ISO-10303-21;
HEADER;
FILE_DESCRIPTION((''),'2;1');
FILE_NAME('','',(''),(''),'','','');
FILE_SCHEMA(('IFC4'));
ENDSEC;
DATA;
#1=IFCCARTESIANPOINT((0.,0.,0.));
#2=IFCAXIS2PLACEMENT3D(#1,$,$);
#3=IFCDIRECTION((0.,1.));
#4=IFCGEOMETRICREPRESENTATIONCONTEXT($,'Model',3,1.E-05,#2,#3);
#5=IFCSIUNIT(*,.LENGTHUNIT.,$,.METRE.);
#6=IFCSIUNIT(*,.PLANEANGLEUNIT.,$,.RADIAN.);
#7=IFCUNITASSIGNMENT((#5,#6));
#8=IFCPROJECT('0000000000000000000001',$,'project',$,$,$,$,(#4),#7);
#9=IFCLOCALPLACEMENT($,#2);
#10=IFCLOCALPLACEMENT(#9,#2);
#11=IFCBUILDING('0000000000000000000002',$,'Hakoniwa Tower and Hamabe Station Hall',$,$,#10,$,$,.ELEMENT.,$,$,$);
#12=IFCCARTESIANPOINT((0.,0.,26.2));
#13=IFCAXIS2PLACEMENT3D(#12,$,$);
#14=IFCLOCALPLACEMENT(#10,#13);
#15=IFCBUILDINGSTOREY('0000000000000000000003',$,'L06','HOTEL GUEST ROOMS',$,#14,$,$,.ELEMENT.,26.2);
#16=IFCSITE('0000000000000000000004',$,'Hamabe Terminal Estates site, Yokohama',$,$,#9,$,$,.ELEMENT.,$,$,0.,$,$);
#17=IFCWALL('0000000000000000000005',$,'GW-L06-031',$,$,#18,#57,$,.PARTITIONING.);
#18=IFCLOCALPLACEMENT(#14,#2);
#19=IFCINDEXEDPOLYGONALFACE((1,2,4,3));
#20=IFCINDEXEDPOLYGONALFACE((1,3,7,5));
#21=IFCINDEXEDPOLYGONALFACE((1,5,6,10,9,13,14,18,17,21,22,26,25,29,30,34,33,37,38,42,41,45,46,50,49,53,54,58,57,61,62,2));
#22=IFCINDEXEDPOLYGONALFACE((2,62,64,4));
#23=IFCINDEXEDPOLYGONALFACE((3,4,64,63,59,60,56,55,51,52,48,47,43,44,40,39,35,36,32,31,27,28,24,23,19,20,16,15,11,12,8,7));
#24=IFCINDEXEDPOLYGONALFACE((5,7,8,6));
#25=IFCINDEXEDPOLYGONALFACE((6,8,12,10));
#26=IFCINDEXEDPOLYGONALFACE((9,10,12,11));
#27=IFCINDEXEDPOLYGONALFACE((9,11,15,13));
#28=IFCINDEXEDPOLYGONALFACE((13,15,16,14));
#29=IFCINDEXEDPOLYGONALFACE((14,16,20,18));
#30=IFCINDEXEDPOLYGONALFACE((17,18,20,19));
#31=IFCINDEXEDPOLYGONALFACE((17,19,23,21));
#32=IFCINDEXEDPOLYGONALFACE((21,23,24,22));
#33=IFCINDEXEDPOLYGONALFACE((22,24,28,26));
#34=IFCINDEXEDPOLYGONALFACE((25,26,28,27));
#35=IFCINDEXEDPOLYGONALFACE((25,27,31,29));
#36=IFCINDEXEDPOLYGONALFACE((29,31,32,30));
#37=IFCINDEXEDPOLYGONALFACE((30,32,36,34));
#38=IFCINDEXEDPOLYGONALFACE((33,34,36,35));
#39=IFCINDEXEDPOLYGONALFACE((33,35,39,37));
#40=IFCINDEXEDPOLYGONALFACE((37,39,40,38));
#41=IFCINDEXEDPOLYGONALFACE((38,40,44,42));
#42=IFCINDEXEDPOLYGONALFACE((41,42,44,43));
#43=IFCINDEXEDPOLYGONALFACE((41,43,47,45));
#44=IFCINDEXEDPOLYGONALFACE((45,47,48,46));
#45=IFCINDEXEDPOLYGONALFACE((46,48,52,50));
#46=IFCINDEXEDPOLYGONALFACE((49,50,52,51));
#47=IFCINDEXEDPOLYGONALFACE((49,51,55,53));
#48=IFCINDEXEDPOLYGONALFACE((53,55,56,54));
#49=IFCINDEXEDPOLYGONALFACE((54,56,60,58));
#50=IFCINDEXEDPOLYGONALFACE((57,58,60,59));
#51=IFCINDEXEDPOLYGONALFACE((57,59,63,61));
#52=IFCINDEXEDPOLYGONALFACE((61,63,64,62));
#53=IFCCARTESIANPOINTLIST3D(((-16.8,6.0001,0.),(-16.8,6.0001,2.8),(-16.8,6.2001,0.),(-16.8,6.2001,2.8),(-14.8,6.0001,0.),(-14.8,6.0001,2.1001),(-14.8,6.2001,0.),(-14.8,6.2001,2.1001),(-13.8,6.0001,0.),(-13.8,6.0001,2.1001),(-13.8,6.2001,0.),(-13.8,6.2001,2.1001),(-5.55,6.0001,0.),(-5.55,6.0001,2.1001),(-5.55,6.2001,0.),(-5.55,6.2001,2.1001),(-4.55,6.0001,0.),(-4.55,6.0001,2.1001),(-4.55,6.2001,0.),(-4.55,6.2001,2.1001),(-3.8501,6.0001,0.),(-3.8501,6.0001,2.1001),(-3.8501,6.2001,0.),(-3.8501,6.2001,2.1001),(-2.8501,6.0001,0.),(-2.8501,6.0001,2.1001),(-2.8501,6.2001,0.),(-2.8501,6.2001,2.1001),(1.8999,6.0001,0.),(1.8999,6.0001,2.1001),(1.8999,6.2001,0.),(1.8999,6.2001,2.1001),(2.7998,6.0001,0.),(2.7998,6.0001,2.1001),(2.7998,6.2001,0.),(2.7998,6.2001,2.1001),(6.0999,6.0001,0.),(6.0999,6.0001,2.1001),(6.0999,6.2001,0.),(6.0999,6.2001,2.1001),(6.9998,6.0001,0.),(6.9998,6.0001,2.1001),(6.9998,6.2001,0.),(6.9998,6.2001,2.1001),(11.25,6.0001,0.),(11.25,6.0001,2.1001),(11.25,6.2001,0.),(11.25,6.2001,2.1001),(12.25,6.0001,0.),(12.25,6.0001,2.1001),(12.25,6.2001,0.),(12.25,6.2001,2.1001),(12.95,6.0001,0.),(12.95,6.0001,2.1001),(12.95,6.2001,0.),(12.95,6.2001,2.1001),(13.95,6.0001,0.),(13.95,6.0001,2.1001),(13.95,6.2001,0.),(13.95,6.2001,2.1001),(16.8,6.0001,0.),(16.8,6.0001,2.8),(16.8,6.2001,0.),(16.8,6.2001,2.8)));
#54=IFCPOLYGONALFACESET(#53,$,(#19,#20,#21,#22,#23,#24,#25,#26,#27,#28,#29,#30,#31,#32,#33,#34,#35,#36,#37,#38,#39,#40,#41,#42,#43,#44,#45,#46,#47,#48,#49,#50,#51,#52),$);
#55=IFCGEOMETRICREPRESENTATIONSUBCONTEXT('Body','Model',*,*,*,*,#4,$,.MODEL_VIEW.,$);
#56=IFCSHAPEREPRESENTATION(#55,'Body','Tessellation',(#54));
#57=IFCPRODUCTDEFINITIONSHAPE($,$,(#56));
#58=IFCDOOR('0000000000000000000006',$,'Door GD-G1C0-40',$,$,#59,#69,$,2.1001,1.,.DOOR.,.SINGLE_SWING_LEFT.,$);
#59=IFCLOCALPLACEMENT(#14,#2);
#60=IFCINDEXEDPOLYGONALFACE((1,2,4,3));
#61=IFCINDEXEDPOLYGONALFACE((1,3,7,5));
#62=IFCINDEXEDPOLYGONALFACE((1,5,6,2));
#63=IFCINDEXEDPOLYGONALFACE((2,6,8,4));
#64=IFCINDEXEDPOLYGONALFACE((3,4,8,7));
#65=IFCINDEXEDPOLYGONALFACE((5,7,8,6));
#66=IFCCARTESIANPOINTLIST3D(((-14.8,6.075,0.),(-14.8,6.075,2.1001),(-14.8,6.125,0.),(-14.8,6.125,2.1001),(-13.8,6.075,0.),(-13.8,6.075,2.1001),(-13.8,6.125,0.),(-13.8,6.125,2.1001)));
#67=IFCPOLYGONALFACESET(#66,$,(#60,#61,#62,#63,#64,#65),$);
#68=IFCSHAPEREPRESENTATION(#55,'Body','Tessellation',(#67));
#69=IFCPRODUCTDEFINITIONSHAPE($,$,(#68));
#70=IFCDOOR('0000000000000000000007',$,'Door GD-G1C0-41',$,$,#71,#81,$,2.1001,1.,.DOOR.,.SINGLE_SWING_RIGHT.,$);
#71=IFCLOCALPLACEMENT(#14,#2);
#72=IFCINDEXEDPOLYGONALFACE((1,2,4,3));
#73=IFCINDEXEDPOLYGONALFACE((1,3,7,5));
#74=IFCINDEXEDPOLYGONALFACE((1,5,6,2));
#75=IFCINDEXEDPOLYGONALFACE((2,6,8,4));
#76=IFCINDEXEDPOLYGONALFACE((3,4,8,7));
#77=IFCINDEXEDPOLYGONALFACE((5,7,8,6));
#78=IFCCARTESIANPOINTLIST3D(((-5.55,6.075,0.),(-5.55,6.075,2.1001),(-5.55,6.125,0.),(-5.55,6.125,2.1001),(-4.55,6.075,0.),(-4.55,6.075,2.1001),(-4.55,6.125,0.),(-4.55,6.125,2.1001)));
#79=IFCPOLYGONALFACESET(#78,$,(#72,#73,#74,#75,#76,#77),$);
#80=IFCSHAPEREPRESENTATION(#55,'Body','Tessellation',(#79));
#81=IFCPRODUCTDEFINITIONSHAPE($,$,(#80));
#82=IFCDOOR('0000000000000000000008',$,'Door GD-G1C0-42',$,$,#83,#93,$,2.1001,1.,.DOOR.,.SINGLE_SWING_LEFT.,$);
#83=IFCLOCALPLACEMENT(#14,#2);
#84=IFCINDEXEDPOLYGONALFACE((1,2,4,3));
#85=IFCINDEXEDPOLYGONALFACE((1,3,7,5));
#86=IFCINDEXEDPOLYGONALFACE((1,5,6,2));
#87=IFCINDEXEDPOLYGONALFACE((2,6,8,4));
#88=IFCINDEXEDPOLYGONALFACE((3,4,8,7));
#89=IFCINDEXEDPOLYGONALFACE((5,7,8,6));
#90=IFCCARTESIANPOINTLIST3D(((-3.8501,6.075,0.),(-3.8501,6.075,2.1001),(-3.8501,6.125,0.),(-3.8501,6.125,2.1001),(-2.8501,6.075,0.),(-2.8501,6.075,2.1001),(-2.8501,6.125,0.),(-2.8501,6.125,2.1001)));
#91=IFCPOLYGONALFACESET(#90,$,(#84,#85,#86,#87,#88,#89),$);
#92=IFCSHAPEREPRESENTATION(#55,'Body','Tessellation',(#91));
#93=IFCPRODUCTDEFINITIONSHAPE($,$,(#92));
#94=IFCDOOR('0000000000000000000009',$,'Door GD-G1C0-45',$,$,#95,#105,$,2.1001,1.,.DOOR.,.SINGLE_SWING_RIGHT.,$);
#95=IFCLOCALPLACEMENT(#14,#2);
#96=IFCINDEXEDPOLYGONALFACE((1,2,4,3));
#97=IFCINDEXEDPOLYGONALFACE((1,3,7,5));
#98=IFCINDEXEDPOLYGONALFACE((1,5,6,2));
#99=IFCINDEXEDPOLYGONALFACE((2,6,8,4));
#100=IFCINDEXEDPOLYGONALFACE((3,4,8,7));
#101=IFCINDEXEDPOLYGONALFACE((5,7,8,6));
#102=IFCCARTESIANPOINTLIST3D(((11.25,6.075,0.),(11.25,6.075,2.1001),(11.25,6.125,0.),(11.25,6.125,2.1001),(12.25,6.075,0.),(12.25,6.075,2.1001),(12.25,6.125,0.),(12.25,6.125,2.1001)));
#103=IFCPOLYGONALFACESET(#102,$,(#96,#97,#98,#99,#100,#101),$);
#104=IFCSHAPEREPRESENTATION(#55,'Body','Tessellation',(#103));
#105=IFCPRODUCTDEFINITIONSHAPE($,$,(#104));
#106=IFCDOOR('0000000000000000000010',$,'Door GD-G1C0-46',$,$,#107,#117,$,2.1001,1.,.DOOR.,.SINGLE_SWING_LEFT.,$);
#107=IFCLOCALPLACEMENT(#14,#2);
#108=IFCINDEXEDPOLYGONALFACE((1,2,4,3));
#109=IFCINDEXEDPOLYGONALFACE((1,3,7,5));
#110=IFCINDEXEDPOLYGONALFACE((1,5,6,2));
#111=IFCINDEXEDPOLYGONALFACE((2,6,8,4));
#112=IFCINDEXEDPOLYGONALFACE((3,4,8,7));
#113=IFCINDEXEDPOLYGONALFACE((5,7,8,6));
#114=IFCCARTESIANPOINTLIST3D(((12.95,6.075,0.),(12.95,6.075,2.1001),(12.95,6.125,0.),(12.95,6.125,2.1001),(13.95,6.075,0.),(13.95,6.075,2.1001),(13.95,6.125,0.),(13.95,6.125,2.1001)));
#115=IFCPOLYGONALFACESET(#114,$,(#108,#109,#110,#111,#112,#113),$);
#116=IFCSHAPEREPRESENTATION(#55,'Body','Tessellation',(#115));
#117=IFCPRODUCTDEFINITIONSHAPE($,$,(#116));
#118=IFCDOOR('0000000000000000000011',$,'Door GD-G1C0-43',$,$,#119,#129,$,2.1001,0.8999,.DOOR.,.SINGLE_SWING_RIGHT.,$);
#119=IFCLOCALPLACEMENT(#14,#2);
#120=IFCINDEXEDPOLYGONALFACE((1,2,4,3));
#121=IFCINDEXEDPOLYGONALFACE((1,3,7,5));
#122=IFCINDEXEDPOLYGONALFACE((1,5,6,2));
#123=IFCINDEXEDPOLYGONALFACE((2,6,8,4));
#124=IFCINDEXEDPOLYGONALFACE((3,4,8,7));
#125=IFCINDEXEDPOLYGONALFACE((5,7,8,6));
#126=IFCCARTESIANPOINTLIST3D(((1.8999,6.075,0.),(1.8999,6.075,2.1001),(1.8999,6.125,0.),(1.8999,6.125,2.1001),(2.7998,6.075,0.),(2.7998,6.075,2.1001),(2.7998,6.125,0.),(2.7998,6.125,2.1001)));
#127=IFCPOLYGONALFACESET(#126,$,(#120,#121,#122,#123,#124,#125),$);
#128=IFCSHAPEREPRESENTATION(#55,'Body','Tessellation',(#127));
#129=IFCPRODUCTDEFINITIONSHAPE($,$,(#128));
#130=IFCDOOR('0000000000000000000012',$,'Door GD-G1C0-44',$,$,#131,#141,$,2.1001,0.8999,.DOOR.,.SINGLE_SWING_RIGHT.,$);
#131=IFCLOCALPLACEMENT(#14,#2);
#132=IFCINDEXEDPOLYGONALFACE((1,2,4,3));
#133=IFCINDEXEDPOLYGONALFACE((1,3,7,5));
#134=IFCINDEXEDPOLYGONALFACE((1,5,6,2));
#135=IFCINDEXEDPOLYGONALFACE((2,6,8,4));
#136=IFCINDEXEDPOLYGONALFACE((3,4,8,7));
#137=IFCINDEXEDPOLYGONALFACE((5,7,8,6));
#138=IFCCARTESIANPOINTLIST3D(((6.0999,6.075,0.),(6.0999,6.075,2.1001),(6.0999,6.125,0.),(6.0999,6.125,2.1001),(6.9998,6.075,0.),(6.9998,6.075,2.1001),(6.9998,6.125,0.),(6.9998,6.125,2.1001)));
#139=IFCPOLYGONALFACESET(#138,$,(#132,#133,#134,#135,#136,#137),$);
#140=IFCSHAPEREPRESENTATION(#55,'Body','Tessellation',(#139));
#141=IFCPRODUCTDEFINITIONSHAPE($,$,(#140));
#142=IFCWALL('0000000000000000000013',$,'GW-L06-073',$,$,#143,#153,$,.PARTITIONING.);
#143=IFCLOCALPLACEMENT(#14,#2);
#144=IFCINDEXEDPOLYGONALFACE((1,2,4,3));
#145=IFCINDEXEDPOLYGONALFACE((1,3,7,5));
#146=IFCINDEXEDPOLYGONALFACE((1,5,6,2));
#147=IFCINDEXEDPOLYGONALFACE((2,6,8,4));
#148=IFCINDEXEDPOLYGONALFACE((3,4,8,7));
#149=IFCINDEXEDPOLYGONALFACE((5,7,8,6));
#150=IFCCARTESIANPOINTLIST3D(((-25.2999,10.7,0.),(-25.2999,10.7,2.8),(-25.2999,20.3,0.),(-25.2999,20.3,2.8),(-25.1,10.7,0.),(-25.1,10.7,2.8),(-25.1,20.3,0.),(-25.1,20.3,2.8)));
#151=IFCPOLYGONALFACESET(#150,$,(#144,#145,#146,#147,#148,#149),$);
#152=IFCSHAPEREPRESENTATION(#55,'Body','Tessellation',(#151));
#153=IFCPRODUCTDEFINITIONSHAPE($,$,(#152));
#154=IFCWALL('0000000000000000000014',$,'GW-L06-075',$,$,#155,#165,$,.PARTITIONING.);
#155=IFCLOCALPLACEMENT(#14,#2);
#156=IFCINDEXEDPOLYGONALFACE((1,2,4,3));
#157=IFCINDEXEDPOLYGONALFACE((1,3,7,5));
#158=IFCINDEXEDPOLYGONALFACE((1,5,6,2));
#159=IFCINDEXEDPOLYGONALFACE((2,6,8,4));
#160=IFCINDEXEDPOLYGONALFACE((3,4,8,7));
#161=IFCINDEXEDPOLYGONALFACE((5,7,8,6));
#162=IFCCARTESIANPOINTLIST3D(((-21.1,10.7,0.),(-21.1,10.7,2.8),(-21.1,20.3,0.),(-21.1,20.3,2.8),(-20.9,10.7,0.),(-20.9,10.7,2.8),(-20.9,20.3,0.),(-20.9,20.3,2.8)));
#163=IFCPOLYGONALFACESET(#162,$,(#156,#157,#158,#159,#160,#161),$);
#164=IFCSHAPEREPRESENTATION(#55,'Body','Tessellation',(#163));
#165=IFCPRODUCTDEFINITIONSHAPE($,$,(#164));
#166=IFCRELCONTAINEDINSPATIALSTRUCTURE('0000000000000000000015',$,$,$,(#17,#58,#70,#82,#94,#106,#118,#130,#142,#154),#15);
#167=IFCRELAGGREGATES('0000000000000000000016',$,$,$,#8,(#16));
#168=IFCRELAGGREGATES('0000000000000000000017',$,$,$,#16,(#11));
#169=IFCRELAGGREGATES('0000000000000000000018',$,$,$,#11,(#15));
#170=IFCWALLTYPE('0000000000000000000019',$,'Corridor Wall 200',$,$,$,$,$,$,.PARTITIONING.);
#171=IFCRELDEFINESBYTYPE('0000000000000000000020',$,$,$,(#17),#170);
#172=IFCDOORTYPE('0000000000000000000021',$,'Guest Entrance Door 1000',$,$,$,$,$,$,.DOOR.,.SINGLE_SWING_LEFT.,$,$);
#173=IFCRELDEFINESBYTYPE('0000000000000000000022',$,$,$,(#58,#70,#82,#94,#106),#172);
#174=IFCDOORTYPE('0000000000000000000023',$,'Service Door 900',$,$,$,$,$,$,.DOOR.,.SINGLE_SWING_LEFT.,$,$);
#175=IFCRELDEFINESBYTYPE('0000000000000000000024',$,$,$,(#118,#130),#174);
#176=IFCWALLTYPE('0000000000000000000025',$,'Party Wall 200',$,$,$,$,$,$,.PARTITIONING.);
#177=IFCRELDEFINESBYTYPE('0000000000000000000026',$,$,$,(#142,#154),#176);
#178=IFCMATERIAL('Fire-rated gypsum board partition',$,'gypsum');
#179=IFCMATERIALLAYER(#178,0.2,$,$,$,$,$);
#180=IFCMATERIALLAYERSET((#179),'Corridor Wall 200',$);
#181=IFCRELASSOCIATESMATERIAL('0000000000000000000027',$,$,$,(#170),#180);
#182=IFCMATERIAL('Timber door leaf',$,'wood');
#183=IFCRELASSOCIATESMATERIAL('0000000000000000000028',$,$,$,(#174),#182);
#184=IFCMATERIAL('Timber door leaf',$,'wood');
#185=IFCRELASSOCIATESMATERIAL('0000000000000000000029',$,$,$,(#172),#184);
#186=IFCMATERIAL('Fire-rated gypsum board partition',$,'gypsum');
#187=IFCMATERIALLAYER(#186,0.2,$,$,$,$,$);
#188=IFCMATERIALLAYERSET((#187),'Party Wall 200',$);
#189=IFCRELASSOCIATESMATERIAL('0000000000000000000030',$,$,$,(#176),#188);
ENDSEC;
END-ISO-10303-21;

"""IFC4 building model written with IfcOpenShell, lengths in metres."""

from ifc_helpers import new_model, si_unit, direction, frame, frame_2d, origin, place, context, subcontext, project, spatial, rectangle, extrude, material, layer, layer_set, type_object, element, fill, save


model = new_model("IFC4")

# Units and contexts
model_context = context("Model", 3, precision=1e-05, world=origin(), true_north=direction((0.0, 1.0)))
body_context = subcontext(model_context, "Body", "Model", "MODEL_VIEW")
ifc_project = project(units=[si_unit("LENGTHUNIT", "METRE"), si_unit("PLANEANGLEUNIT", "RADIAN")], contexts=[model_context])

# Site, building, storey
site_placement = place(None, origin())
site = spatial("IfcSite", under=ifc_project, at=site_placement, Name="Hamabe Terminal Estates site, Yokohama", CompositionType="ELEMENT", RefElevation=0.0)
building_placement = place(site_placement, origin())
building = spatial("IfcBuilding", under=site, at=building_placement, Name="Hakoniwa Tower and Hamabe Station Hall", CompositionType="ELEMENT")
storey_placement = place(building_placement, frame((0.0, 0.0, 26.2)))
storey = spatial("IfcBuildingStorey", under=building, at=storey_placement, Name="L06", Description="HOTEL GUEST ROOMS", CompositionType="ELEMENT", Elevation=26.2)

# Wall, openings, doors
ifc_material_1 = material(Name="Fire-rated gypsum board partition", Category="gypsum")
ifc_layer_1 = layer(ifc_material_1, 0.2)
ifc_layer_set_1 = layer_set([ifc_layer_1], Name="Corridor Wall 200")
wall_type_1 = type_object("IfcWallType", Name="Corridor Wall 200", PredefinedType="PARTITIONING", material=ifc_layer_set_1)
ifc_material_2 = material(Name="Timber door leaf", Category="wood")
door_type_1 = type_object("IfcDoorType", Name="Service Door 900", OperationType="SINGLE_SWING_LEFT", PredefinedType="DOOR", material=ifc_material_2)
wall_1_placement = place(storey_placement, frame((-16.8, 6.1001, 0.0), z_axis=(0.0, 0.0, 1.0), x_axis=(1.0, 0.0, 0.0)))
wall_1 = element("IfcWall", 1, at=wall_1_placement, inside=storey, type_object=wall_type_1, Name="GW-L06-031", PredefinedType="PARTITIONING", context=body_context, shape_type="SweptSolid", body=[
    extrude(rectangle(XDim=33.6001, YDim=0.2, at=frame_2d((16.8, 0.0))), origin(), (0.0, 0.0, 1.0), 2.8),
])
opening_1_placement = place(wall_1_placement, frame((2.0, 0.0, 0.0)))
opening_1 = element("IfcOpeningElement", 2, at=opening_1_placement, cuts=wall_1, PredefinedType="OPENING", context=body_context, shape_type="SweptSolid", body=[
    extrude(rectangle(XDim=1.0, YDim=2.1001, at=frame_2d((0.5, 1.05))), frame((0.0, 0.1099, 0.0), z_axis=(0.0, -1.0, 0.0), x_axis=(1.0, 0.0, 0.0)), (0.0, 0.0, 1.0), 0.22),
])
opening_2_placement = place(wall_1_placement, frame((11.25, 0.0, 0.0)))
opening_2 = element("IfcOpeningElement", 3, at=opening_2_placement, cuts=wall_1, PredefinedType="OPENING", context=body_context, shape_type="SweptSolid", body=[
    extrude(rectangle(XDim=1.0, YDim=2.1001, at=frame_2d((0.5, 1.05))), frame((0.0, 0.1099, 0.0), z_axis=(0.0, -1.0, 0.0), x_axis=(1.0, 0.0, 0.0)), (0.0, 0.0, 1.0), 0.22),
])
opening_3_placement = place(wall_1_placement, frame((12.95, 0.0, 0.0)))
opening_3 = element("IfcOpeningElement", 4, at=opening_3_placement, cuts=wall_1, PredefinedType="OPENING", context=body_context, shape_type="SweptSolid", body=[
    extrude(rectangle(XDim=1.0, YDim=2.1001, at=frame_2d((0.5, 1.05))), frame((0.0, 0.1099, 0.0), z_axis=(0.0, -1.0, 0.0), x_axis=(1.0, 0.0, 0.0)), (0.0, 0.0, 1.0), 0.22),
])
opening_4_placement = place(wall_1_placement, frame((18.7, 0.0, 0.0)))
opening_4 = element("IfcOpeningElement", 5, at=opening_4_placement, cuts=wall_1, PredefinedType="OPENING", context=body_context, shape_type="SweptSolid", body=[
    extrude(rectangle(XDim=0.8999, YDim=2.1001, at=frame_2d((0.45, 1.05))), frame((0.0, 0.1099, 0.0), z_axis=(0.0, -1.0, 0.0), x_axis=(1.0, 0.0, 0.0)), (0.0, 0.0, 1.0), 0.22),
])
opening_5_placement = place(wall_1_placement, frame((22.8999, 0.0, 0.0)))
opening_5 = element("IfcOpeningElement", 6, at=opening_5_placement, cuts=wall_1, PredefinedType="OPENING", context=body_context, shape_type="SweptSolid", body=[
    extrude(rectangle(XDim=0.8999, YDim=2.1001, at=frame_2d((0.45, 1.05))), frame((0.0, 0.1099, 0.0), z_axis=(0.0, -1.0, 0.0), x_axis=(1.0, 0.0, 0.0)), (0.0, 0.0, 1.0), 0.22),
])
opening_6_placement = place(wall_1_placement, frame((28.05, 0.0, 0.0)))
opening_6 = element("IfcOpeningElement", 7, at=opening_6_placement, cuts=wall_1, PredefinedType="OPENING", context=body_context, shape_type="SweptSolid", body=[
    extrude(rectangle(XDim=1.0, YDim=2.1001, at=frame_2d((0.5, 1.05))), frame((0.0, 0.1099, 0.0), z_axis=(0.0, -1.0, 0.0), x_axis=(1.0, 0.0, 0.0)), (0.0, 0.0, 1.0), 0.22),
])
opening_7_placement = place(wall_1_placement, frame((29.75, 0.0, 0.0)))
opening_7 = element("IfcOpeningElement", 8, at=opening_7_placement, cuts=wall_1, PredefinedType="OPENING", context=body_context, shape_type="SweptSolid", body=[
    extrude(rectangle(XDim=1.0, YDim=2.1001, at=frame_2d((0.5, 1.05))), frame((0.0, 0.1099, 0.0), z_axis=(0.0, -1.0, 0.0), x_axis=(1.0, 0.0, 0.0)), (0.0, 0.0, 1.0), 0.22),
])
ifc_material_3 = material(Name="Timber door leaf", Category="wood")
door_type_2 = type_object("IfcDoorType", Name="Guest Entrance Door 1000", OperationType="SINGLE_SWING_LEFT", PredefinedType="DOOR", material=ifc_material_3)
door_1_placement = place(opening_1_placement, origin())
door_1 = element("IfcDoor", 9, at=door_1_placement, inside=storey, type_object=door_type_2, Name="Door GD-G1C0-40", OperationType="SINGLE_SWING_LEFT", OverallHeight=2.1001, OverallWidth=1.0, PredefinedType="DOOR", context=body_context, shape_type="SweptSolid", body=[
    extrude(rectangle(XDim=1.0, YDim=2.1001, at=frame_2d((0.5, 1.05))), frame((0.0, 0.0249, 0.0), z_axis=(0.0, -1.0, 0.0), x_axis=(1.0, 0.0, 0.0)), (0.0, 0.0, 1.0), 0.05),
])
fill(opening_1, door_1)
door_2_placement = place(opening_2_placement, origin())
door_2 = element("IfcDoor", 10, at=door_2_placement, inside=storey, type_object=door_type_2, Name="Door GD-G1C0-41", OperationType="SINGLE_SWING_RIGHT", OverallHeight=2.1001, OverallWidth=1.0, PredefinedType="DOOR", context=body_context, shape_type="SweptSolid", body=[
    extrude(rectangle(XDim=1.0, YDim=2.1001, at=frame_2d((0.5, 1.05))), frame((0.0, 0.0249, 0.0), z_axis=(0.0, -1.0, 0.0), x_axis=(1.0, 0.0, 0.0)), (0.0, 0.0, 1.0), 0.05),
])
fill(opening_2, door_2)
door_3_placement = place(opening_3_placement, origin())
door_3 = element("IfcDoor", 11, at=door_3_placement, inside=storey, type_object=door_type_2, Name="Door GD-G1C0-42", OperationType="SINGLE_SWING_LEFT", OverallHeight=2.1001, OverallWidth=1.0, PredefinedType="DOOR", context=body_context, shape_type="SweptSolid", body=[
    extrude(rectangle(XDim=1.0, YDim=2.1001, at=frame_2d((0.5, 1.05))), frame((0.0, 0.0249, 0.0), z_axis=(0.0, -1.0, 0.0), x_axis=(1.0, 0.0, 0.0)), (0.0, 0.0, 1.0), 0.05),
])
fill(opening_3, door_3)
door_4_placement = place(opening_6_placement, origin())
door_4 = element("IfcDoor", 12, at=door_4_placement, inside=storey, type_object=door_type_2, Name="Door GD-G1C0-45", OperationType="SINGLE_SWING_RIGHT", OverallHeight=2.1001, OverallWidth=1.0, PredefinedType="DOOR", context=body_context, shape_type="SweptSolid", body=[
    extrude(rectangle(XDim=1.0, YDim=2.1001, at=frame_2d((0.5, 1.05))), frame((0.0, 0.0249, 0.0), z_axis=(0.0, -1.0, 0.0), x_axis=(1.0, 0.0, 0.0)), (0.0, 0.0, 1.0), 0.05),
])
fill(opening_6, door_4)
door_5_placement = place(opening_7_placement, origin())
door_5 = element("IfcDoor", 13, at=door_5_placement, inside=storey, type_object=door_type_2, Name="Door GD-G1C0-46", OperationType="SINGLE_SWING_LEFT", OverallHeight=2.1001, OverallWidth=1.0, PredefinedType="DOOR", context=body_context, shape_type="SweptSolid", body=[
    extrude(rectangle(XDim=1.0, YDim=2.1001, at=frame_2d((0.5, 1.05))), frame((0.0, 0.0249, 0.0), z_axis=(0.0, -1.0, 0.0), x_axis=(1.0, 0.0, 0.0)), (0.0, 0.0, 1.0), 0.05),
])
fill(opening_7, door_5)
door_6_placement = place(opening_4_placement, origin())
door_6 = element("IfcDoor", 14, at=door_6_placement, inside=storey, type_object=door_type_1, Name="Door GD-G1C0-43", OperationType="SINGLE_SWING_RIGHT", OverallHeight=2.1001, OverallWidth=0.8999, PredefinedType="DOOR", context=body_context, shape_type="SweptSolid", body=[
    extrude(rectangle(XDim=0.8999, YDim=2.1001, at=frame_2d((0.45, 1.05))), frame((0.0, 0.0249, 0.0), z_axis=(0.0, -1.0, 0.0), x_axis=(1.0, 0.0, 0.0)), (0.0, 0.0, 1.0), 0.05),
])
fill(opening_4, door_6)
door_7_placement = place(opening_5_placement, origin())
door_7 = element("IfcDoor", 15, at=door_7_placement, inside=storey, type_object=door_type_1, Name="Door GD-G1C0-44", OperationType="SINGLE_SWING_RIGHT", OverallHeight=2.1001, OverallWidth=0.8999, PredefinedType="DOOR", context=body_context, shape_type="SweptSolid", body=[
    extrude(rectangle(XDim=0.8999, YDim=2.1001, at=frame_2d((0.45, 1.05))), frame((0.0, 0.0249, 0.0), z_axis=(0.0, -1.0, 0.0), x_axis=(1.0, 0.0, 0.0)), (0.0, 0.0, 1.0), 0.05),
])
fill(opening_5, door_7)

# Walls
ifc_material_4 = material(Name="Fire-rated gypsum board partition", Category="gypsum")
ifc_layer_2 = layer(ifc_material_4, 0.2)
ifc_layer_set_2 = layer_set([ifc_layer_2], Name="Party Wall 200")
wall_type_2 = type_object("IfcWallType", Name="Party Wall 200", PredefinedType="PARTITIONING", material=ifc_layer_set_2)
for number, where, z_axis, x_axis, name in (
    (16, (-25.2, 10.7, 0.0), (0.0, 0.0, 1.0), (0.0, 1.0, 0.0), "GW-L06-073"),
    (17, (-21.0, 10.7, 0.0), (0.0, 0.0, 1.0), (0.0, 1.0, 0.0), "GW-L06-075"),
):
    element("IfcWall", number, at=place(storey_placement, frame(where, z_axis=z_axis, x_axis=x_axis)), inside=storey, type_object=wall_type_2, Name=name, PredefinedType="PARTITIONING", context=body_context, shape_type="SweptSolid", body=[
        extrude(rectangle(XDim=9.6001, YDim=0.2, at=frame_2d((4.8, 0.0))), origin(), (0.0, 0.0, 1.0), 2.8),
    ])

save(model, "model.ifc")
